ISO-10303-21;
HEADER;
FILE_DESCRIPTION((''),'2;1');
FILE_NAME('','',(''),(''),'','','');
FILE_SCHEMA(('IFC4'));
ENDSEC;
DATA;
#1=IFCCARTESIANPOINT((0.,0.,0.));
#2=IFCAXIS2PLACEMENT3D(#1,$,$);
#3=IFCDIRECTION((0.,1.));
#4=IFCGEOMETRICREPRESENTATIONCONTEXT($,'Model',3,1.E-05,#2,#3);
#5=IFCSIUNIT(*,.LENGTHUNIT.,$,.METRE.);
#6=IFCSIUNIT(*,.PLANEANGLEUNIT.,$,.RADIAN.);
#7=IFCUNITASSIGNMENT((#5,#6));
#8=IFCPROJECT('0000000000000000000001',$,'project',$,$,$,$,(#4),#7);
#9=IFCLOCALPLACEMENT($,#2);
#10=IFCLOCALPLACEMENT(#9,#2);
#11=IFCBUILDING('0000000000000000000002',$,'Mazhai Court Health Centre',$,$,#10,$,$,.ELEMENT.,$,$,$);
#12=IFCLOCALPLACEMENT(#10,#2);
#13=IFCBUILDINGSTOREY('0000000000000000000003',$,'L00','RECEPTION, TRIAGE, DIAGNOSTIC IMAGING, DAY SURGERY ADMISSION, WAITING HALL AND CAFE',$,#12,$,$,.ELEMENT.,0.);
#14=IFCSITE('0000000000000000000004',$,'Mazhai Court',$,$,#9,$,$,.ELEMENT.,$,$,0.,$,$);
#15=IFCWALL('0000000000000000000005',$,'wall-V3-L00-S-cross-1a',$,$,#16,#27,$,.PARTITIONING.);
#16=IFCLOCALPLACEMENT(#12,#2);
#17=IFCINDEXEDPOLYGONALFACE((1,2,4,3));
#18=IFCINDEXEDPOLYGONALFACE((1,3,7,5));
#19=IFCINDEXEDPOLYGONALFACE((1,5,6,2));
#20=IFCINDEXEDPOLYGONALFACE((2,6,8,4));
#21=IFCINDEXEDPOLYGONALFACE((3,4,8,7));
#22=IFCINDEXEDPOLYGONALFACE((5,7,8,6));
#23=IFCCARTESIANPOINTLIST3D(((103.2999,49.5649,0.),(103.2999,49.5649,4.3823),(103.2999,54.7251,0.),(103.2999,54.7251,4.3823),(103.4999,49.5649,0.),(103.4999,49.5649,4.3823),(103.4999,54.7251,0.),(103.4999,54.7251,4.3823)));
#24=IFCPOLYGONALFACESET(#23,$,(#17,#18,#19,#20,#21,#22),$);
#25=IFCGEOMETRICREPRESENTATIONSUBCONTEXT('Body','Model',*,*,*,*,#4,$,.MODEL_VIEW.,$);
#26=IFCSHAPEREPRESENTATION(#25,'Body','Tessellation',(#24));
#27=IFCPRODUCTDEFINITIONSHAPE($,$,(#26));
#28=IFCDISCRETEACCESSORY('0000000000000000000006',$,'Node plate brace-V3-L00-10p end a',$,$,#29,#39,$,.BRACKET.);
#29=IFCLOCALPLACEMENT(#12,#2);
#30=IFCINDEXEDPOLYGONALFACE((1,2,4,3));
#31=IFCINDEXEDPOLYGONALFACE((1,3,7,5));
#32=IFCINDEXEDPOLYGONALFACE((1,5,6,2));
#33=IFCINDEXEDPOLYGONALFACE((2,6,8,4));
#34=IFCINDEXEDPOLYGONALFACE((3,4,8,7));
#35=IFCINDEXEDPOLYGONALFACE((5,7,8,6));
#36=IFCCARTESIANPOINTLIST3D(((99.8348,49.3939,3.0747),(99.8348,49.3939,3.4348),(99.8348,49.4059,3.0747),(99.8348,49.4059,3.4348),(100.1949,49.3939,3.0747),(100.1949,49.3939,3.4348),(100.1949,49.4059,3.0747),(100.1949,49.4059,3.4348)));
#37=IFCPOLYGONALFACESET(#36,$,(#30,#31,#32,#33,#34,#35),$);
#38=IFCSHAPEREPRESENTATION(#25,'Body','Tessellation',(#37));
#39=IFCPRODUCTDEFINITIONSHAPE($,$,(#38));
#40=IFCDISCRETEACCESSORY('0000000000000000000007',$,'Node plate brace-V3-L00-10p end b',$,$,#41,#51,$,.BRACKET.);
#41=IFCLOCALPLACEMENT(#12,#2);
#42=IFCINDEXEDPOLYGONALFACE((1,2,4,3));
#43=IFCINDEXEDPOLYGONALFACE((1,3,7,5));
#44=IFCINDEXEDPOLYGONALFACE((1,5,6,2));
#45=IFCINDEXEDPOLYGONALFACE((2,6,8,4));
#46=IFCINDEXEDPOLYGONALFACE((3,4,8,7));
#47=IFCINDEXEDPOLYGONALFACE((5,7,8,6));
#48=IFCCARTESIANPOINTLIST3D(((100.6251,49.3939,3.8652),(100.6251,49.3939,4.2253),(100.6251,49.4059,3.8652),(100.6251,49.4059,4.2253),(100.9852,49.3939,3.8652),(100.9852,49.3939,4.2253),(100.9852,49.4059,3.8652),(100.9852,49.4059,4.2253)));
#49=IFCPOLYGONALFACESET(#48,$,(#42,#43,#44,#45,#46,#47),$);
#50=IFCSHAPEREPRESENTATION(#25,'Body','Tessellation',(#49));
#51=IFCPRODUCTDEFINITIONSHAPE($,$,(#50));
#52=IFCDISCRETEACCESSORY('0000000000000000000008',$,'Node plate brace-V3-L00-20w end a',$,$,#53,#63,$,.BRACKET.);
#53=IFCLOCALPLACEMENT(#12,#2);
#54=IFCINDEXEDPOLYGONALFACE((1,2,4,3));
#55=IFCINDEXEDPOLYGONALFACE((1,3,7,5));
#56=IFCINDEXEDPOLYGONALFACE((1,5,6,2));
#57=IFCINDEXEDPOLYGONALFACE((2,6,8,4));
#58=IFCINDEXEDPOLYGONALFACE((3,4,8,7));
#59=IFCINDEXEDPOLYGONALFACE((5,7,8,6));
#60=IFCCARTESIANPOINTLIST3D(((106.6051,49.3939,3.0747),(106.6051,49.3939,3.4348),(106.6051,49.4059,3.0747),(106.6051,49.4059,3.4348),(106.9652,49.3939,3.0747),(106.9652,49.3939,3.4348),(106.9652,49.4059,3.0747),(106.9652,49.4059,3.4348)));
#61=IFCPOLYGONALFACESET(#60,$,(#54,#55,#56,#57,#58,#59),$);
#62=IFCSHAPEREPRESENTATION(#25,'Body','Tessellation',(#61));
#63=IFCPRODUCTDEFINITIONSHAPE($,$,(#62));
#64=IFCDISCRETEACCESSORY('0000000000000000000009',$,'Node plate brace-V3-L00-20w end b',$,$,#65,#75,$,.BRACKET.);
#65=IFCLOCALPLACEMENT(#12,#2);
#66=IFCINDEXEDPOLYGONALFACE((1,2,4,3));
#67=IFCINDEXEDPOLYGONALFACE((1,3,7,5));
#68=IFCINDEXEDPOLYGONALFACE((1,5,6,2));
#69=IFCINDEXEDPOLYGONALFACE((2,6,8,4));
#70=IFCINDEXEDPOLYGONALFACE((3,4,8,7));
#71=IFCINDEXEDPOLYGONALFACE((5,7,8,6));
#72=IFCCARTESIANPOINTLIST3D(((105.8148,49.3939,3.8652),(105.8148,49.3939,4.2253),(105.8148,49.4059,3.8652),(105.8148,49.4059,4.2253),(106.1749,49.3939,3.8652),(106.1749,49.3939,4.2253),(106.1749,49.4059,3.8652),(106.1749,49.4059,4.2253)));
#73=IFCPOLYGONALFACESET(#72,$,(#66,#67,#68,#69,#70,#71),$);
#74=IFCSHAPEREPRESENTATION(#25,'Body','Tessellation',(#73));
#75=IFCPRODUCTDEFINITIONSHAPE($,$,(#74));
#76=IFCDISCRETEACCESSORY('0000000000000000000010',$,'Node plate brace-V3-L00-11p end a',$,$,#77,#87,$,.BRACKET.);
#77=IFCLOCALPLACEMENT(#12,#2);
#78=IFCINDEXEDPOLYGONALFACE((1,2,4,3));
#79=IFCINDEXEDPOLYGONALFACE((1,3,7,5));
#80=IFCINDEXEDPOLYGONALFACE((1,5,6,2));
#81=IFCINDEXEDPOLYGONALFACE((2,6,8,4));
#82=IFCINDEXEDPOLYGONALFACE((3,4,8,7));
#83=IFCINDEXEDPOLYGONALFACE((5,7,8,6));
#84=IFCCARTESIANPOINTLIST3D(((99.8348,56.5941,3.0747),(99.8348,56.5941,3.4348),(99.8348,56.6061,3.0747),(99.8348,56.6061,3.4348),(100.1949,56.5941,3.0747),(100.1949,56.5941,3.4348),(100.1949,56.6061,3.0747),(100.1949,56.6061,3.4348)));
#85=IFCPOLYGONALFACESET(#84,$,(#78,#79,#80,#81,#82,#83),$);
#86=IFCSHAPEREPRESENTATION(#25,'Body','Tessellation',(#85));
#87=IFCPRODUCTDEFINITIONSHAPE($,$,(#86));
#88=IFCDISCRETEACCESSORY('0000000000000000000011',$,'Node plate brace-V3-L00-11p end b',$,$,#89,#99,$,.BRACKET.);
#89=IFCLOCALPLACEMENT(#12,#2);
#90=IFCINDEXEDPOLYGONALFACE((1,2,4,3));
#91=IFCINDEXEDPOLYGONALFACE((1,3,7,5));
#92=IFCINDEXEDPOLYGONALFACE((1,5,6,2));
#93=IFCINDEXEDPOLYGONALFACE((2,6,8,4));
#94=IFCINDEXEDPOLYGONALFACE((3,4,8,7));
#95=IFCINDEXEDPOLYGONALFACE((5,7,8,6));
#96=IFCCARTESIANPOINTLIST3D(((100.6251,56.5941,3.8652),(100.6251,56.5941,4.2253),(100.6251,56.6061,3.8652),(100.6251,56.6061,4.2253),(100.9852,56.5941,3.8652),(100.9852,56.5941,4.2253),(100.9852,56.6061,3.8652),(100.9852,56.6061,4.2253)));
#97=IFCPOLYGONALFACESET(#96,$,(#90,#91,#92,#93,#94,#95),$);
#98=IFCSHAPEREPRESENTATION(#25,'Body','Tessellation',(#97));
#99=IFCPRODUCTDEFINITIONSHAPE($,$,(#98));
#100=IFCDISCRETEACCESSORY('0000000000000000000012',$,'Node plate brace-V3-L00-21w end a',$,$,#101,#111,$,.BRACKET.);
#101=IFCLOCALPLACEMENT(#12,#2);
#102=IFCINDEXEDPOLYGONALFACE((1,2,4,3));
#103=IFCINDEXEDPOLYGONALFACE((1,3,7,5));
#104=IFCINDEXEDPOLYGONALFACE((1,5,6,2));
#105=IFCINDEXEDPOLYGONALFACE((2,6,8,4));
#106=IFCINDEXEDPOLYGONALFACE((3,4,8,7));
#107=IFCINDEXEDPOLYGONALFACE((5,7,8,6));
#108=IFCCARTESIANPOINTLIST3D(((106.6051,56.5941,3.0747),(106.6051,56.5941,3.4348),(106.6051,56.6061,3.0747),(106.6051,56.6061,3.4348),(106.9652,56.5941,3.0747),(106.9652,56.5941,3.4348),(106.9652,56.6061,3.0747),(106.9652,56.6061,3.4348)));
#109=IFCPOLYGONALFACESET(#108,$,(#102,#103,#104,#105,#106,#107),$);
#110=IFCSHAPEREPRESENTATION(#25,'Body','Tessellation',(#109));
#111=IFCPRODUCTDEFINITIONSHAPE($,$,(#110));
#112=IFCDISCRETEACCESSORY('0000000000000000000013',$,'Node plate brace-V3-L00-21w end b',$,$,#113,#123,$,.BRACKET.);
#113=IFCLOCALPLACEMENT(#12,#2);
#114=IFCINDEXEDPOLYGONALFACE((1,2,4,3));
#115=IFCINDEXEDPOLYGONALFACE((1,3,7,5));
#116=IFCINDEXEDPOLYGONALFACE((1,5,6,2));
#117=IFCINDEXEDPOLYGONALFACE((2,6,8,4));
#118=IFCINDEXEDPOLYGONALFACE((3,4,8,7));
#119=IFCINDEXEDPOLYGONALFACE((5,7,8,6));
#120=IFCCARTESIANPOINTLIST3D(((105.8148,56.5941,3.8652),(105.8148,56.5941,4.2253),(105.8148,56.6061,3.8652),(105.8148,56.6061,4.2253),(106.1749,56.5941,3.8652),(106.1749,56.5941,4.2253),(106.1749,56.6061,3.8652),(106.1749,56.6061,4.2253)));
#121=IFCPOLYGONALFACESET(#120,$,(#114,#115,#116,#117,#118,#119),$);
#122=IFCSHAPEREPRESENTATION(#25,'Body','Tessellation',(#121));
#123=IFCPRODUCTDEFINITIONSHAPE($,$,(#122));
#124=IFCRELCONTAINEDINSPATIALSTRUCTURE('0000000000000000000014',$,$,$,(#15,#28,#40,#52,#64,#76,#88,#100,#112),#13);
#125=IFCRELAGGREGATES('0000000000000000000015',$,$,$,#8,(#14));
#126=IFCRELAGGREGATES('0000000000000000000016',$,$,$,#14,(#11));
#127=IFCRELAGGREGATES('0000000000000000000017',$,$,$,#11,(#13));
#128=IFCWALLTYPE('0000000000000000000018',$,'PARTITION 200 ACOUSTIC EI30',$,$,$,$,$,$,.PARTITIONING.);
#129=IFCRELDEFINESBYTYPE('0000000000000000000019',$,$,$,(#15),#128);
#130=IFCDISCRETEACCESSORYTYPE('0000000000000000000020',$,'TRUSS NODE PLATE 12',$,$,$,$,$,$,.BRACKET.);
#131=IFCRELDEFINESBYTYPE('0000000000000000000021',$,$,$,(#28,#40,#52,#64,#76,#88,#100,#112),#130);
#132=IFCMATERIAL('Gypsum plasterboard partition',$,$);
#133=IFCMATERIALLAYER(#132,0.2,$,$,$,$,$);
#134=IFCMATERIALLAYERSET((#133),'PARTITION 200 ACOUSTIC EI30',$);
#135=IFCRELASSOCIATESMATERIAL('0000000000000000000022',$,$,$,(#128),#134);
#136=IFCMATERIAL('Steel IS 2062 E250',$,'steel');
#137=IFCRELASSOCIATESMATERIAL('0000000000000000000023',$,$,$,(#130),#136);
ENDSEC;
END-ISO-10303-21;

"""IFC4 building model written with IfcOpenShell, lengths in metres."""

from ifc_helpers import new_model, si_unit, direction, frame, frame_2d, origin, origin_2d, place, context, subcontext, project, spatial, rectangle, extrude, material, layer, layer_set, type_object, element, save


model = new_model("IFC4")

# Units and contexts
model_context = context("Model", 3, precision=1e-05, world=origin(), true_north=direction((0.0, 1.0)))
body_context = subcontext(model_context, "Body", "Model", "MODEL_VIEW")
ifc_project = project(units=[si_unit("LENGTHUNIT", "METRE"), si_unit("PLANEANGLEUNIT", "RADIAN")], contexts=[model_context])

# Site, building, storey
site_placement = place(None, origin())
site = spatial("IfcSite", under=ifc_project, at=site_placement, Name="Mazhai Court", CompositionType="ELEMENT", RefElevation=0.0)
building_placement = place(site_placement, origin())
building = spatial("IfcBuilding", under=site, at=building_placement, Name="Mazhai Court Health Centre", CompositionType="ELEMENT")
storey_placement = place(building_placement, origin())
storey = spatial("IfcBuildingStorey", under=building, at=storey_placement, Name="L00", Description="RECEPTION, TRIAGE, DIAGNOSTIC IMAGING, DAY SURGERY ADMISSION, WAITING HALL AND CAFE", CompositionType="ELEMENT", Elevation=0.0)

# Wall
ifc_material_1 = material(Name="Gypsum plasterboard partition")
ifc_layer_1 = layer(ifc_material_1, 0.2)
ifc_layer_set_1 = layer_set([ifc_layer_1], Name="PARTITION 200 ACOUSTIC EI30")
wall_type_1 = type_object("IfcWallType", Name="PARTITION 200 ACOUSTIC EI30", PredefinedType="PARTITIONING", material=ifc_layer_set_1)
wall_1_placement = place(storey_placement, frame((103.3999, 49.5649, 0.0), z_axis=(0.0, 0.0, 1.0), x_axis=(0.0, 1.0, 0.0)))
element("IfcWall", 1, at=wall_1_placement, inside=storey, type_object=wall_type_1, Name="wall-V3-L00-S-cross-1a", PredefinedType="PARTITIONING", context=body_context, shape_type="SweptSolid", body=[
    extrude(rectangle(XDim=5.1602, YDim=0.2, at=frame_2d((2.5801, 0.0))), origin(), (0.0, 0.0, 1.0), 4.3823),
])

# Discrete accessories
ifc_material_2 = material(Name="Steel IS 2062 E250", Category="steel")
discrete_accessory_type = type_object("IfcDiscreteAccessoryType", Name="TRUSS NODE PLATE 12", PredefinedType="BRACKET", material=ifc_material_2)
for number, where, z_axis, x_axis, name in (
    (2, (100.0149, 49.3999, 3.0747), (0.0, 0.0, 1.0), (1.0, 0.0, 0.0), "Node plate brace-V3-L00-10p end a"),
    (3, (100.8052, 49.3999, 3.8652), (0.0, 0.0, 1.0), (1.0, 0.0, 0.0), "Node plate brace-V3-L00-10p end b"),
    (4, (106.7852, 49.3999, 3.0747), (0.0, 0.0, 1.0), (1.0, 0.0, 0.0), "Node plate brace-V3-L00-20w end a"),
    (5, (105.9949, 49.3999, 3.8652), (0.0, 0.0, 1.0), (1.0, 0.0, 0.0), "Node plate brace-V3-L00-20w end b"),
    (6, (100.0149, 56.6001, 3.0747), (0.0, 0.0, 1.0), (1.0, 0.0, 0.0), "Node plate brace-V3-L00-11p end a"),
    (7, (100.8052, 56.6001, 3.8652), (0.0, 0.0, 1.0), (1.0, 0.0, 0.0), "Node plate brace-V3-L00-11p end b"),
    (8, (106.7852, 56.6001, 3.0747), (0.0, 0.0, 1.0), (1.0, 0.0, 0.0), "Node plate brace-V3-L00-21w end a"),
    (9, (105.9949, 56.6001, 3.8652), (0.0, 0.0, 1.0), (1.0, 0.0, 0.0), "Node plate brace-V3-L00-21w end b"),
):
    element("IfcDiscreteAccessory", number, at=place(storey_placement, frame(where, z_axis=z_axis, x_axis=x_axis)), inside=storey, type_object=discrete_accessory_type, Name=name, PredefinedType="BRACKET", context=body_context, shape_type="SweptSolid", body=[
        extrude(rectangle(XDim=0.3601, YDim=0.012, at=origin_2d()), origin(), (0.0, 0.0, 1.0), 0.3601),
    ])

save(model, "model.ifc")
